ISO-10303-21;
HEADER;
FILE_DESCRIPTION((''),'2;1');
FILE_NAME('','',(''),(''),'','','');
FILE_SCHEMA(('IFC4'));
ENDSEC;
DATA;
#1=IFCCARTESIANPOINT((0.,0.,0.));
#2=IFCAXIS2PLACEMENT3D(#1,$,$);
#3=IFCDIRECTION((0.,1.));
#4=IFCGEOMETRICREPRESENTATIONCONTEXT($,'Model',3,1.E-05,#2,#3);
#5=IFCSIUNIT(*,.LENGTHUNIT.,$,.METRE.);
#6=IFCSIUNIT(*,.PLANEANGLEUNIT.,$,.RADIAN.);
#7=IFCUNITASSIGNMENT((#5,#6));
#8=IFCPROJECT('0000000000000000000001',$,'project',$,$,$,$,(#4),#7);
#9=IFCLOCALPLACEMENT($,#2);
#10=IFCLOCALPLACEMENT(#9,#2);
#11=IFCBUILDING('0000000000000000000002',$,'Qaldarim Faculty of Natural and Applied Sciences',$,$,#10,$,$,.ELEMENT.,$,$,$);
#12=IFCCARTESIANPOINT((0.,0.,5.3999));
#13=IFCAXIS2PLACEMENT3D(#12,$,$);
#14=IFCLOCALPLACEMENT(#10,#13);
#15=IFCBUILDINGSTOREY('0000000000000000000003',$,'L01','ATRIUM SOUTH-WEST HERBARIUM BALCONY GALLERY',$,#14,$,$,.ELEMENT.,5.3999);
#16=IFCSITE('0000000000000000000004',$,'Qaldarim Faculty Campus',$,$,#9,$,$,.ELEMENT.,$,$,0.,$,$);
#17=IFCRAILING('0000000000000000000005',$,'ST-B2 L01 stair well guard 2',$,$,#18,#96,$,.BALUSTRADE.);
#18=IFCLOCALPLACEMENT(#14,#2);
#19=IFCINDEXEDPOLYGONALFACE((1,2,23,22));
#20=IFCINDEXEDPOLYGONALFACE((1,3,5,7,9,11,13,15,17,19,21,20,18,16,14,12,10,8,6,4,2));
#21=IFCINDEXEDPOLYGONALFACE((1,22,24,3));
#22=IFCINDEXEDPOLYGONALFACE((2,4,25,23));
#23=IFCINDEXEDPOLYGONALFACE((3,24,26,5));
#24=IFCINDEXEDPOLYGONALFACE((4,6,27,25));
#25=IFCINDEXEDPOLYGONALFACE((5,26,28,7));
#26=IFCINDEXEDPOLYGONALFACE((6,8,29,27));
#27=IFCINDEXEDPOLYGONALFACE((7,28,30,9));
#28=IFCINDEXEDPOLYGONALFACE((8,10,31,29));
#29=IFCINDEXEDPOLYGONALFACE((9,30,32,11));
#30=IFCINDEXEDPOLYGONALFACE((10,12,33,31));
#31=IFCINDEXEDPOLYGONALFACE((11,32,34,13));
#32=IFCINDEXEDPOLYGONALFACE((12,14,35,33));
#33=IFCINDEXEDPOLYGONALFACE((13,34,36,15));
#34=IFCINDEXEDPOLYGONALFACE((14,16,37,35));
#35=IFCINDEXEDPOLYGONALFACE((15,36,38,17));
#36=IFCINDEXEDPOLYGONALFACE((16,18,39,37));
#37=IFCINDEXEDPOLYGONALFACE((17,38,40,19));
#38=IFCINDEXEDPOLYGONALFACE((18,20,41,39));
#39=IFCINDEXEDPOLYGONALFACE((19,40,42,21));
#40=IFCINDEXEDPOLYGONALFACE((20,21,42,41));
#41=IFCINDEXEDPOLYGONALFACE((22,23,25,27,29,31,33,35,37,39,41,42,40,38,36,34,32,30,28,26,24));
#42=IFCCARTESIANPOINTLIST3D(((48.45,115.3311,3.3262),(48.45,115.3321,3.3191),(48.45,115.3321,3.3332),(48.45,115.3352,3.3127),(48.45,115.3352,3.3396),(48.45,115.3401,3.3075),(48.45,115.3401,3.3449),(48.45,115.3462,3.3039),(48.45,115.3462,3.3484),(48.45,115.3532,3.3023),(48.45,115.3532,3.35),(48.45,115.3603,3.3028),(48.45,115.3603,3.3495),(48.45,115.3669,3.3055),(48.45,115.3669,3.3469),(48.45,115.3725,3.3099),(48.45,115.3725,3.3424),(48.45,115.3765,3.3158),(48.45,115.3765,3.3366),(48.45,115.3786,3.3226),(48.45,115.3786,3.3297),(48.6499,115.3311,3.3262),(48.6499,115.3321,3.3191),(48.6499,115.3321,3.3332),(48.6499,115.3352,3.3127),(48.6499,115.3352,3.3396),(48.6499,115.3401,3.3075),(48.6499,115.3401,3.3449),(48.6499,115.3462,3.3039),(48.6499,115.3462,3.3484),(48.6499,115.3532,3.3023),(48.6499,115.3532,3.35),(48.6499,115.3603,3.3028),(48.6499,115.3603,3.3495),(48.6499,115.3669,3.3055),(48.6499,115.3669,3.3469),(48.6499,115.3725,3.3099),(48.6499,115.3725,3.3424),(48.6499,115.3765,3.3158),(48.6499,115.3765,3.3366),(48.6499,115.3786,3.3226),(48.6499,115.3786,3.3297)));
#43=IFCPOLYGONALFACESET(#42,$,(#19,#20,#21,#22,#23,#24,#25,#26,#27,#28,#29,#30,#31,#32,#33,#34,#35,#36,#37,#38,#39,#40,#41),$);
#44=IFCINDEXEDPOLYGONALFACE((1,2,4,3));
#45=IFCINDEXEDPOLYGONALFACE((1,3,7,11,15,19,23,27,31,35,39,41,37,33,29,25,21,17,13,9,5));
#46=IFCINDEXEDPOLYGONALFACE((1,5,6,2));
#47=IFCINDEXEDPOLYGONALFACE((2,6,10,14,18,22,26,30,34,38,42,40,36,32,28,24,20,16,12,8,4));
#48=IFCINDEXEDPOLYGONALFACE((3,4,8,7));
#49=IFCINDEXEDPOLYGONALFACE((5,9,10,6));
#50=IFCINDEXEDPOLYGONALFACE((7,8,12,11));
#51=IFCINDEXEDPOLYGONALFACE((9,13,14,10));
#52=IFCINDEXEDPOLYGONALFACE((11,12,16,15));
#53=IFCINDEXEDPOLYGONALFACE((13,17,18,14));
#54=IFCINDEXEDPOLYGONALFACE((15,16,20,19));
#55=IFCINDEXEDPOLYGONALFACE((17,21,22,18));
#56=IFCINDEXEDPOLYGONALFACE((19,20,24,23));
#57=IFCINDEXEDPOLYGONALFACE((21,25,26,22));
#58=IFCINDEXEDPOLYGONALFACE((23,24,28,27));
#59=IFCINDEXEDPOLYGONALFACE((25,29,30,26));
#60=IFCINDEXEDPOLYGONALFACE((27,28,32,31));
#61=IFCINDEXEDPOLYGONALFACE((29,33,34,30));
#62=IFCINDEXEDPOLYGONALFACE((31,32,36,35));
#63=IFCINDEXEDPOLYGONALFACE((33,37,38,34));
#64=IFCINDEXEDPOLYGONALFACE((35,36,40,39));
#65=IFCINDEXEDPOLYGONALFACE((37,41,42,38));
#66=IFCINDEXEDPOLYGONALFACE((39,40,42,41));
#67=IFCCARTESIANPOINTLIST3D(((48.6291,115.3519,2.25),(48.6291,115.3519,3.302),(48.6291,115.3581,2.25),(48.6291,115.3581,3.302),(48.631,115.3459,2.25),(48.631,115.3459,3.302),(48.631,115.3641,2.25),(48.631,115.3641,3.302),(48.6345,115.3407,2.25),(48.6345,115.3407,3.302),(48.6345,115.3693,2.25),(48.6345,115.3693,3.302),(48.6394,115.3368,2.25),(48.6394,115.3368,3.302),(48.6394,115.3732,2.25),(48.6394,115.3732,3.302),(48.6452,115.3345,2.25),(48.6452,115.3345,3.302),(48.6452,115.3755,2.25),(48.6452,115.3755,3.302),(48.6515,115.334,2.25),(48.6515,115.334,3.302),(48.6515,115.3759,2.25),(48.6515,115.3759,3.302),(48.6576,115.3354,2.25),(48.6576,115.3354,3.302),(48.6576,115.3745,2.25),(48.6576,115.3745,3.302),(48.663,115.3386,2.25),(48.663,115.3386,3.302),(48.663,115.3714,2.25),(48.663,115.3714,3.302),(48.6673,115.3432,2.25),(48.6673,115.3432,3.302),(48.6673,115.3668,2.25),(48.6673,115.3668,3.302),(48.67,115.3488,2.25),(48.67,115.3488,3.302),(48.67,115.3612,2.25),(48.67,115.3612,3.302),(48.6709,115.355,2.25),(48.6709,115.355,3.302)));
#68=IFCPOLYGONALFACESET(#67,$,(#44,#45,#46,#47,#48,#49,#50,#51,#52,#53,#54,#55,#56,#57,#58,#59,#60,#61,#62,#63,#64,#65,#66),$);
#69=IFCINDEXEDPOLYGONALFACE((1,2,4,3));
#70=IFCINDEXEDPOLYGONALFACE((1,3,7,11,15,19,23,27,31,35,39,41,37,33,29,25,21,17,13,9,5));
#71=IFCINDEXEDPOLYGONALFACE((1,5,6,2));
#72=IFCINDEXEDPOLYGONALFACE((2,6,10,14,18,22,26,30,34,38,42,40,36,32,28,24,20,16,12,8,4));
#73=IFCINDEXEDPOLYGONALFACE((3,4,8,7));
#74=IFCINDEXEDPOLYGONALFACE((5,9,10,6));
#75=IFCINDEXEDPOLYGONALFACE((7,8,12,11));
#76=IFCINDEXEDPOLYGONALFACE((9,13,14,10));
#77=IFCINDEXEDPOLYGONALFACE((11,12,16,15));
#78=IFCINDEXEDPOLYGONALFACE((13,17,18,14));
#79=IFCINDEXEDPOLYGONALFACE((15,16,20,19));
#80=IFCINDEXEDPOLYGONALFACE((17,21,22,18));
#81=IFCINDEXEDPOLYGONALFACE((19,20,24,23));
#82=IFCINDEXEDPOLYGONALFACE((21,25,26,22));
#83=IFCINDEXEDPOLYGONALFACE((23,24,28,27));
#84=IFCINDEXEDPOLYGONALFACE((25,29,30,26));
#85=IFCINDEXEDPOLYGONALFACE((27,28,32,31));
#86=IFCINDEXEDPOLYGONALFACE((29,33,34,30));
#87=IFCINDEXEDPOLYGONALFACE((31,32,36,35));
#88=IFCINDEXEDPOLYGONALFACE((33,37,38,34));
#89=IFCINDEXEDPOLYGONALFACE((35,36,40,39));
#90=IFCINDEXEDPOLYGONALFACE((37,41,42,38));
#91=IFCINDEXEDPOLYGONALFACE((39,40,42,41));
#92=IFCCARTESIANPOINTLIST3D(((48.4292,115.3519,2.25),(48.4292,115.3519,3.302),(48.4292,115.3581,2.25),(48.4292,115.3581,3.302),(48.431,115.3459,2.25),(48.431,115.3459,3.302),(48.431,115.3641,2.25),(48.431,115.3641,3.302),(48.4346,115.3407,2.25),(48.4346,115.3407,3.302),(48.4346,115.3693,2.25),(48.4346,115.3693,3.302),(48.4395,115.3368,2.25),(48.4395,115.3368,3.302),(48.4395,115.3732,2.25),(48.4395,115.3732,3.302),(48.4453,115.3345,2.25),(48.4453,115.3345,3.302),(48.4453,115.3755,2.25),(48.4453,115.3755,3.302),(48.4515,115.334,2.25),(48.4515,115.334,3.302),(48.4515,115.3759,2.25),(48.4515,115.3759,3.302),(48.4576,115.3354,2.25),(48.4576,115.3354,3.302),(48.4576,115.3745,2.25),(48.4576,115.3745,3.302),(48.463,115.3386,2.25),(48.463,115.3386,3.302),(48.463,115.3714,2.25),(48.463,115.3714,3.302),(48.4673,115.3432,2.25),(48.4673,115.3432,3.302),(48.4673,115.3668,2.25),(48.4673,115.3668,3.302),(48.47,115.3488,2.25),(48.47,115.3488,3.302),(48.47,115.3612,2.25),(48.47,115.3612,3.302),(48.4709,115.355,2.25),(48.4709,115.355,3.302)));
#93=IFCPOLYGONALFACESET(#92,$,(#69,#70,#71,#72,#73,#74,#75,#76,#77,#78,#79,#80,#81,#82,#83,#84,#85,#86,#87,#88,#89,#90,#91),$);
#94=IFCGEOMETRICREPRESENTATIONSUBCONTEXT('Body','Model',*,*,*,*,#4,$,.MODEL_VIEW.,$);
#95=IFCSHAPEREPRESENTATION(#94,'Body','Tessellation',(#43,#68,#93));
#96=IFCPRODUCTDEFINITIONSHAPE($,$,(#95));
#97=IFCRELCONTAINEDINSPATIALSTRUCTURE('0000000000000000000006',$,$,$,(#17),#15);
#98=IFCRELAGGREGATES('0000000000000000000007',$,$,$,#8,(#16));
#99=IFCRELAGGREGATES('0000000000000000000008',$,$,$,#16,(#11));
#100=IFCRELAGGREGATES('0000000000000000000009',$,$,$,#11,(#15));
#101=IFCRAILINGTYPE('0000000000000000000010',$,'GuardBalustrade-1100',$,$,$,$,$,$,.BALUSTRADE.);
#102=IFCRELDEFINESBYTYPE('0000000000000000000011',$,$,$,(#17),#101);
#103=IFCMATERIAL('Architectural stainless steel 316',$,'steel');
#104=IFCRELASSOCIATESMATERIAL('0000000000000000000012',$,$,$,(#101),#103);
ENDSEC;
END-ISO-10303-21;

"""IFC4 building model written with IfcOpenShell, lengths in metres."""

from ifc_helpers import new_model, si_unit, direction, frame, origin, origin_2d, place, context, subcontext, project, spatial, circle, extrude, material, type_object, element, save


model = new_model("IFC4")

# Units and contexts
model_context = context("Model", 3, precision=1e-05, world=origin(), true_north=direction((0.0, 1.0)))
body_context = subcontext(model_context, "Body", "Model", "MODEL_VIEW")
ifc_project = project(units=[si_unit("LENGTHUNIT", "METRE"), si_unit("PLANEANGLEUNIT", "RADIAN")], contexts=[model_context])

# Site, building, storey
site_placement = place(None, origin())
site = spatial("IfcSite", under=ifc_project, at=site_placement, Name="Qaldarim Faculty Campus", CompositionType="ELEMENT", RefElevation=0.0)
building_placement = place(site_placement, origin())
building = spatial("IfcBuilding", under=site, at=building_placement, Name="Qaldarim Faculty of Natural and Applied Sciences", CompositionType="ELEMENT")
storey_placement = place(building_placement, frame((0.0, 0.0, 5.3999)))
storey = spatial("IfcBuildingStorey", under=building, at=storey_placement, Name="L01", Description="ATRIUM SOUTH-WEST HERBARIUM BALCONY GALLERY", CompositionType="ELEMENT", Elevation=5.3999)

# Shared definitions
ifc_material_1 = material(Name="Architectural stainless steel 316", Category="steel")

# Railing
railing_type_1 = type_object("IfcRailingType", Name="GuardBalustrade-1100", PredefinedType="BALUSTRADE", material=ifc_material_1)
railing_1_placement = place(storey_placement, frame((48.6499, 115.355, 2.25)))
element("IfcRailing", 1, at=railing_1_placement, inside=storey, type_object=railing_type_1, Name="ST-B2 L01 stair well guard 2", PredefinedType="BALUSTRADE", context=body_context, shape_type="SweptSolid", body=[
    extrude(circle(Radius=0.0239, at=origin_2d()), frame((0.0, 0.0, 1.0762), z_axis=(-1.0, 0.0, 0.0), x_axis=(0.0, -1.0, 0.0)), (0.0, 0.0, 1.0), 0.2),
    extrude(circle(Radius=0.021, at=origin_2d()), origin(), (0.0, 0.0, 1.0), 1.052),
    extrude(circle(Radius=0.021, at=origin_2d()), frame((-0.2, 0.0, 0.0)), (0.0, 0.0, 1.0), 1.052),
])

save(model, "model.ifc")
